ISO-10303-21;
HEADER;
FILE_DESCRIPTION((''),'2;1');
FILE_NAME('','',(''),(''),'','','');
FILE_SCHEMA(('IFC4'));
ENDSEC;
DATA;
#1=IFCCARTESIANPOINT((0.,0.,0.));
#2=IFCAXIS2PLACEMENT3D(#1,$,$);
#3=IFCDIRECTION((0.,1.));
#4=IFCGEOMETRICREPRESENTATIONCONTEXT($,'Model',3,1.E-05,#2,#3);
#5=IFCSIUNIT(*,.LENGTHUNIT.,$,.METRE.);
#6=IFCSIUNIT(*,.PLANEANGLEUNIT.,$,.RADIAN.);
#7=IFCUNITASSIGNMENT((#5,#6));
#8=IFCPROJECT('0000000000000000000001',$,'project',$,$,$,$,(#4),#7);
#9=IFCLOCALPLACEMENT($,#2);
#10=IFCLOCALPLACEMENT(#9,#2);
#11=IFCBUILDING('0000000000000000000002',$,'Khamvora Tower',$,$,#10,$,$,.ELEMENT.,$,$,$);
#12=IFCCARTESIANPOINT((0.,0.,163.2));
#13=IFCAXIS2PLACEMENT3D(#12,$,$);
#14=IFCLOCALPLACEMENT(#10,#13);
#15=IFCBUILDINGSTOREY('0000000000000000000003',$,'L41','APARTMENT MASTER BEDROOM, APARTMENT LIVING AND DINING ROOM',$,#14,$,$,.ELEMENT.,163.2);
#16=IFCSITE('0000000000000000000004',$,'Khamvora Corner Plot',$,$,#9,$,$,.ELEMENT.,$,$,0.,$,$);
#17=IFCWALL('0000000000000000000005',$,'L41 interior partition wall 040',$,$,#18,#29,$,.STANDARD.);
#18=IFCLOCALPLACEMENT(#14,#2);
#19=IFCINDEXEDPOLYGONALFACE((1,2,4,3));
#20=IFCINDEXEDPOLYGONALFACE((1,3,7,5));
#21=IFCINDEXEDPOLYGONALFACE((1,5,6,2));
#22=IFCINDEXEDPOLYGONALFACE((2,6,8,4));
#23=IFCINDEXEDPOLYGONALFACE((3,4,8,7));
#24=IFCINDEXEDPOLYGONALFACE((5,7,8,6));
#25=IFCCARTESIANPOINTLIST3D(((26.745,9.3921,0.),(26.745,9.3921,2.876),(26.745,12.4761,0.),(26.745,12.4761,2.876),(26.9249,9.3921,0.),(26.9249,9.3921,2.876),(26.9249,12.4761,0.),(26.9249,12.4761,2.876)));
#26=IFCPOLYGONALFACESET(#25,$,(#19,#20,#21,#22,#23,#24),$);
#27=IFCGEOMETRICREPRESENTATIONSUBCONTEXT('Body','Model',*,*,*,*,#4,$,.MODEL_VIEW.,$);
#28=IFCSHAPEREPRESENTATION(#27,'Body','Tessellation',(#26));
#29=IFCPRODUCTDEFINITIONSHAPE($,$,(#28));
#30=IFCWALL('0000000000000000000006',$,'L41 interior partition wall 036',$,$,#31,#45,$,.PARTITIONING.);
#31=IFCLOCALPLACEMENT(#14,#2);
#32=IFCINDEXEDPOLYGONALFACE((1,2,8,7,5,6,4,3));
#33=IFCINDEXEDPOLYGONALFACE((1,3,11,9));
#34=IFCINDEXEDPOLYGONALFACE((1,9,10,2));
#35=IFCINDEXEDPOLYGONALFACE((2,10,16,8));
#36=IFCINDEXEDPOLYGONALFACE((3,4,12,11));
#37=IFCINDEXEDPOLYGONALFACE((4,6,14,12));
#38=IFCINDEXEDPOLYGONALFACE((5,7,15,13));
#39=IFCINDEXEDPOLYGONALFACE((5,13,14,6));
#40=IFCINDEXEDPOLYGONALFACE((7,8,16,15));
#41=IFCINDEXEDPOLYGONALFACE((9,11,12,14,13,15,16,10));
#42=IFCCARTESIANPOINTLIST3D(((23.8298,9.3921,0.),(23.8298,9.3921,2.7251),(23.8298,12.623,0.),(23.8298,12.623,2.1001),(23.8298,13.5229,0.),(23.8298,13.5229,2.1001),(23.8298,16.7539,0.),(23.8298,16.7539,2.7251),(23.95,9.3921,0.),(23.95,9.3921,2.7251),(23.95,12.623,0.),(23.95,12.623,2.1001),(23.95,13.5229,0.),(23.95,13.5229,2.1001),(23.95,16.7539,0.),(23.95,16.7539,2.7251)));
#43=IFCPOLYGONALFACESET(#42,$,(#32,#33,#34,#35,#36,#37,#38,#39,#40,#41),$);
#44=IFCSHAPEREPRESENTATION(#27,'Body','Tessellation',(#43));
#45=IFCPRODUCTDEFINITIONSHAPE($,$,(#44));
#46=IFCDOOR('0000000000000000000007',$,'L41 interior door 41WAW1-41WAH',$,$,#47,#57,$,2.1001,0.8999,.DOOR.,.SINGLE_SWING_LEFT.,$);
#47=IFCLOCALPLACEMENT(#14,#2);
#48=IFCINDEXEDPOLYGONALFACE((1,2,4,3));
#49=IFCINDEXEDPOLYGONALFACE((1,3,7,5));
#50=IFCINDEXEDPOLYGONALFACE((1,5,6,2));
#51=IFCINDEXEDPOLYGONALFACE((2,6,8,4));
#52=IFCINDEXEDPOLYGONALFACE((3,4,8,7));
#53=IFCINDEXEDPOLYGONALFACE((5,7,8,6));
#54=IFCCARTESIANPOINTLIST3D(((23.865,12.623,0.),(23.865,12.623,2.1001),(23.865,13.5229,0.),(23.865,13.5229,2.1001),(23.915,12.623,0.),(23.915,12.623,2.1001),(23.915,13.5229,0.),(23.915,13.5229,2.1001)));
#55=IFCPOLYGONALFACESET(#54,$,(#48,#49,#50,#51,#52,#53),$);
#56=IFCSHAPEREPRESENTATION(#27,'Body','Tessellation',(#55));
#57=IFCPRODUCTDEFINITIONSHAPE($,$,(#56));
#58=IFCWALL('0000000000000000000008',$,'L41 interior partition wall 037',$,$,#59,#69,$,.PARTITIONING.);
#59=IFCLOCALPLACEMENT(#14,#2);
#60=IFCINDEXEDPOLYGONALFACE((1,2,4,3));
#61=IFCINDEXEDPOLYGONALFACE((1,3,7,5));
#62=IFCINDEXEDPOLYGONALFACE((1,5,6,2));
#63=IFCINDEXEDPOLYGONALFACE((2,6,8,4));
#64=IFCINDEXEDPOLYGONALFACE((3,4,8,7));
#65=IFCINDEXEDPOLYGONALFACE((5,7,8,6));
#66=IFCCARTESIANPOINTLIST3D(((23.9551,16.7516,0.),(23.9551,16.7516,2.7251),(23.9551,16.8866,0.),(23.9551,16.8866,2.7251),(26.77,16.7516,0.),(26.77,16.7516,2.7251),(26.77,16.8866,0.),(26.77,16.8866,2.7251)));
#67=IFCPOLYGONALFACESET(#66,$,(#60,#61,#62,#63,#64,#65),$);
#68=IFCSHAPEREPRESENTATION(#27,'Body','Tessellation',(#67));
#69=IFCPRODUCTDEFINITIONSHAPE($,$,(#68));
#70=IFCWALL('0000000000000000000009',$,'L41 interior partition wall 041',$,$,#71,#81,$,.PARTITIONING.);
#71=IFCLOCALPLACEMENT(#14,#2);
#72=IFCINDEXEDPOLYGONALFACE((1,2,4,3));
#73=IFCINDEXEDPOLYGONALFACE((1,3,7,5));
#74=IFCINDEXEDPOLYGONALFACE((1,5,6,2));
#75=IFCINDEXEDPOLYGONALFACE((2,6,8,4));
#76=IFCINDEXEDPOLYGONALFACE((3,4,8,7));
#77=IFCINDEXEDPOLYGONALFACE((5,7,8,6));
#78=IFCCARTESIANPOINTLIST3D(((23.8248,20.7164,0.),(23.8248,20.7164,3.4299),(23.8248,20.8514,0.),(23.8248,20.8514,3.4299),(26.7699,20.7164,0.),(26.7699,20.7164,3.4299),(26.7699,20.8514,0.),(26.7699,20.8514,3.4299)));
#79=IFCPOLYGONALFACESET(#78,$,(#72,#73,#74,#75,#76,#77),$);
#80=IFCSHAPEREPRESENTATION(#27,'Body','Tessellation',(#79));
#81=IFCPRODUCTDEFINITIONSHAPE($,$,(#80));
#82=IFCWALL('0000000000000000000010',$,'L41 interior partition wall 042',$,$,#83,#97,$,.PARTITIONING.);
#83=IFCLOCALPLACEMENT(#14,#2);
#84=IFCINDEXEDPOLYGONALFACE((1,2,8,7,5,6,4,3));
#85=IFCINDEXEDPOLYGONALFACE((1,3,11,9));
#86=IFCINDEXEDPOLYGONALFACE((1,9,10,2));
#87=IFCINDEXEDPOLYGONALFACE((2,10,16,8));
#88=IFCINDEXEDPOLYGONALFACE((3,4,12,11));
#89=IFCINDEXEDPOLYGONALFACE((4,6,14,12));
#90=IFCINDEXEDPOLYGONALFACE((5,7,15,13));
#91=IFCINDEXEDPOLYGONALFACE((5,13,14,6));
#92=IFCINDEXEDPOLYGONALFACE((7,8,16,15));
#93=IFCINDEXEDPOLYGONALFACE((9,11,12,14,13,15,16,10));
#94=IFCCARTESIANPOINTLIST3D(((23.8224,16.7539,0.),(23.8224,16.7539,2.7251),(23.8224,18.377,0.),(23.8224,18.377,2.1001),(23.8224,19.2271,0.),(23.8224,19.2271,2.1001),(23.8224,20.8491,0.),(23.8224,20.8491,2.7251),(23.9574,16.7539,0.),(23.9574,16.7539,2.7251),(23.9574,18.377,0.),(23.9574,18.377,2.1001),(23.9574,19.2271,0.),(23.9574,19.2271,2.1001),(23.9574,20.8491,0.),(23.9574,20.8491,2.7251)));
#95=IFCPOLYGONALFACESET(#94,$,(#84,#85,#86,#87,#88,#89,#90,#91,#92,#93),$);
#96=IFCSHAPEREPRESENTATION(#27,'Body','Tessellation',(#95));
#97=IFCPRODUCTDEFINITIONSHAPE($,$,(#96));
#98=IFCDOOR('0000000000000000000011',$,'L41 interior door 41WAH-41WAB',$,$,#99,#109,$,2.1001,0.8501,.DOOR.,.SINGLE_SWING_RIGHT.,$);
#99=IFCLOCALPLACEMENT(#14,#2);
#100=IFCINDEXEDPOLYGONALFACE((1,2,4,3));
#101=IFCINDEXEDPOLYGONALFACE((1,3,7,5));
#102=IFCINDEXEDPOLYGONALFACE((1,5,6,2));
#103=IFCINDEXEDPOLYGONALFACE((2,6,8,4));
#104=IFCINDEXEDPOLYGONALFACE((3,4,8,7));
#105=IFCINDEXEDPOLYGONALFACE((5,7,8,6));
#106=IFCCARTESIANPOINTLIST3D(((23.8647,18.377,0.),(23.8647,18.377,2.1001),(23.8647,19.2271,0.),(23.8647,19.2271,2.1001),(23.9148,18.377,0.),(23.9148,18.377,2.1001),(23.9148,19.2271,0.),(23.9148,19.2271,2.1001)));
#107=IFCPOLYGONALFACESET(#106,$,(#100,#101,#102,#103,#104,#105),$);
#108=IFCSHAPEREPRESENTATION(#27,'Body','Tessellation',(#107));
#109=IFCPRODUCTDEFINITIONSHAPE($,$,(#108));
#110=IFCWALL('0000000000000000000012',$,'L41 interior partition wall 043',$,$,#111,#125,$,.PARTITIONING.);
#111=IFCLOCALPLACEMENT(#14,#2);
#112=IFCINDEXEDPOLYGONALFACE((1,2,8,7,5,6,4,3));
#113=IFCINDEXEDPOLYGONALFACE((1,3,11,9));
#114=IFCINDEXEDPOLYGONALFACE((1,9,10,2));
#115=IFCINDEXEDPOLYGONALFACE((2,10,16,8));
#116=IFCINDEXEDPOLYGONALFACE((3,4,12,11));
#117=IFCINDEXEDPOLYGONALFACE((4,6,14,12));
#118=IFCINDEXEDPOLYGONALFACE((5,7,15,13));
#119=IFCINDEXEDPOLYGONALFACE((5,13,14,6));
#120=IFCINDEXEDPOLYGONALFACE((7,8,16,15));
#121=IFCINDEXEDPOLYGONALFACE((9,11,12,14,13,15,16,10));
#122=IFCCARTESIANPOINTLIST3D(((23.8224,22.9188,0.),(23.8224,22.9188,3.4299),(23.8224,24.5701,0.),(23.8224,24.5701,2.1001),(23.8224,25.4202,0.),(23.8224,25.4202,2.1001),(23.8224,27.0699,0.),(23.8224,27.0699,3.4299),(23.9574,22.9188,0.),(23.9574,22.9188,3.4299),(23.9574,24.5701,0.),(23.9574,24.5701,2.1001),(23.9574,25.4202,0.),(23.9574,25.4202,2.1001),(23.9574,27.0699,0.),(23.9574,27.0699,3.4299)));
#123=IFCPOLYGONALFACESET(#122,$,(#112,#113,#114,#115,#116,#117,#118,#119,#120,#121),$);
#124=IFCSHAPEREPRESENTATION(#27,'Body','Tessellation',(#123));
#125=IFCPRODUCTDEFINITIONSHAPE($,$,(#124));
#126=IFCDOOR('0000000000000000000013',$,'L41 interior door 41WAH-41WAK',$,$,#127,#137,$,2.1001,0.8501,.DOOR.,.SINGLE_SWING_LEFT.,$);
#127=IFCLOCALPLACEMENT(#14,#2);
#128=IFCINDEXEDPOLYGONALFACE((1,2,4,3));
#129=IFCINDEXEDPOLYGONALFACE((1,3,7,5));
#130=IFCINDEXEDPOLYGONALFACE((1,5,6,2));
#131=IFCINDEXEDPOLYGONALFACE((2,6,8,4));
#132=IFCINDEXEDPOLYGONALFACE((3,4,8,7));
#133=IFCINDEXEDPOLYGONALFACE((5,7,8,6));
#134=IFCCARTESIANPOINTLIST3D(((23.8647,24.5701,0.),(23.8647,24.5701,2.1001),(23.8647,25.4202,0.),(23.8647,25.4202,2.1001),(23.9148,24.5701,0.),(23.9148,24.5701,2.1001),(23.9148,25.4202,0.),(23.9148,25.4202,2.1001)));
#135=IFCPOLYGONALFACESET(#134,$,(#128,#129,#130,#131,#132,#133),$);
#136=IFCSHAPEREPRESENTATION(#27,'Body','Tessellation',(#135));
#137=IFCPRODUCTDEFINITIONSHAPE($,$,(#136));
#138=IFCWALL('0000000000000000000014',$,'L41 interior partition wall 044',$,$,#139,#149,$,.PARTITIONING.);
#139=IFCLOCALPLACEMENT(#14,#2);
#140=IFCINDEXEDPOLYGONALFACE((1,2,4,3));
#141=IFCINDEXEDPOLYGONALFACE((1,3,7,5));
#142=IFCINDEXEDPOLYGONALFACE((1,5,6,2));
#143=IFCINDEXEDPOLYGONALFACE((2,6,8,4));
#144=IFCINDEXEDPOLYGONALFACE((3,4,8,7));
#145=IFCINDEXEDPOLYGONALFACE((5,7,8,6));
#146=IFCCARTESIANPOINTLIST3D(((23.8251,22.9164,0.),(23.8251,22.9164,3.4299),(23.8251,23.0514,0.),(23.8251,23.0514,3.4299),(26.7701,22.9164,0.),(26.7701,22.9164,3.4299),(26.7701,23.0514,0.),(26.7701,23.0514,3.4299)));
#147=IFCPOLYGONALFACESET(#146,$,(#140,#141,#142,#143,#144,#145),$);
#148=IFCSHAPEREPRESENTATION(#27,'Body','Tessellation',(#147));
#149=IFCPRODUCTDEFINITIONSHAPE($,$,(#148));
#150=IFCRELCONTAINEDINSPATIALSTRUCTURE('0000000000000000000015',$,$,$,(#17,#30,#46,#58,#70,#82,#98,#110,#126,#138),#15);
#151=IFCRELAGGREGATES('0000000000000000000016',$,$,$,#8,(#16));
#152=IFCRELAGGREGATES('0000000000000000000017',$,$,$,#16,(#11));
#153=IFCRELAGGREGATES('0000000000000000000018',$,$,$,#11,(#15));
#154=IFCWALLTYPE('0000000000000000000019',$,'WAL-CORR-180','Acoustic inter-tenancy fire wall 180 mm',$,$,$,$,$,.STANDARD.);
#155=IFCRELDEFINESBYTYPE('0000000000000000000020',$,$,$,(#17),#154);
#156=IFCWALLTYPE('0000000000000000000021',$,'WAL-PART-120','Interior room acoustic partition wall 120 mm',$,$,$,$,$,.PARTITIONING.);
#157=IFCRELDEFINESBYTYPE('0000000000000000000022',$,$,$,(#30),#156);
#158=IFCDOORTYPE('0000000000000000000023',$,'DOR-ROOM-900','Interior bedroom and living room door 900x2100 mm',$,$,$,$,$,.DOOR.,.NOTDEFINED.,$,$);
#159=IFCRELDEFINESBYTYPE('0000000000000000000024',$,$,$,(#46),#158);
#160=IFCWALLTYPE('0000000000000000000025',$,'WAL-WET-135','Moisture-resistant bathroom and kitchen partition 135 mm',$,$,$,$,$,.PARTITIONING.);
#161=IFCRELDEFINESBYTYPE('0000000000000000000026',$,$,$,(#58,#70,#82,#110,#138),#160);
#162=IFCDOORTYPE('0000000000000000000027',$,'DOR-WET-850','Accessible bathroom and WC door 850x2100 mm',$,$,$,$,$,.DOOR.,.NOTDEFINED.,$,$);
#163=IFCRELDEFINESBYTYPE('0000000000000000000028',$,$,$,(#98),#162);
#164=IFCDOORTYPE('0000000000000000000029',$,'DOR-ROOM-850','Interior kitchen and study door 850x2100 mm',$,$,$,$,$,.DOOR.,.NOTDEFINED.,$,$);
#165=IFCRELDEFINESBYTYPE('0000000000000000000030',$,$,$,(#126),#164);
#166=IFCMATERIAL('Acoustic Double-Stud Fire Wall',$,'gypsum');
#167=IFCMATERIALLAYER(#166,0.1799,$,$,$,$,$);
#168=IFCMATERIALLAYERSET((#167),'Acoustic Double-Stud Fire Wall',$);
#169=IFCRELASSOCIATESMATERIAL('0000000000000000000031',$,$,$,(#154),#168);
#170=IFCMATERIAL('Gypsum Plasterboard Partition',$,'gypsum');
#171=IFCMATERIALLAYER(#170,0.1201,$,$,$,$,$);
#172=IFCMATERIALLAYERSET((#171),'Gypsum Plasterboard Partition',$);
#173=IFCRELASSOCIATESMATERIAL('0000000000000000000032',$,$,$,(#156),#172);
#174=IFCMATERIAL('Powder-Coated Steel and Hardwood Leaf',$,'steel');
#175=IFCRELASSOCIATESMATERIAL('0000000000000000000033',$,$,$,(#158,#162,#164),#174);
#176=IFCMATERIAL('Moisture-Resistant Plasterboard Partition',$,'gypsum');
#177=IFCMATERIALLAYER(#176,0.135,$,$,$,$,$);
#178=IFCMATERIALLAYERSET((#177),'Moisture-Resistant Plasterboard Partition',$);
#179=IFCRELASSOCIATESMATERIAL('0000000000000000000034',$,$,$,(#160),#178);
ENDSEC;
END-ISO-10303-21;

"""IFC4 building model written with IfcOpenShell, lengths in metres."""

from ifc_helpers import new_model, si_unit, direction, frame, frame_2d, origin, place, context, subcontext, project, spatial, rectangle, extrude, material, layer, layer_set, type_object, element, fill, save


model = new_model("IFC4")

# Units and contexts
model_context = context("Model", 3, precision=1e-05, world=origin(), true_north=direction((0.0, 1.0)))
body_context = subcontext(model_context, "Body", "Model", "MODEL_VIEW")
ifc_project = project(units=[si_unit("LENGTHUNIT", "METRE"), si_unit("PLANEANGLEUNIT", "RADIAN")], contexts=[model_context])

# Site, building, storey
site_placement = place(None, origin())
site = spatial("IfcSite", under=ifc_project, at=site_placement, Name="Khamvora Corner Plot", CompositionType="ELEMENT", RefElevation=0.0)
building_placement = place(site_placement, origin())
building = spatial("IfcBuilding", under=site, at=building_placement, Name="Khamvora Tower", CompositionType="ELEMENT")
storey_placement = place(building_placement, frame((0.0, 0.0, 163.2)))
storey = spatial("IfcBuildingStorey", under=building, at=storey_placement, Name="L41", Description="APARTMENT MASTER BEDROOM, APARTMENT LIVING AND DINING ROOM", CompositionType="ELEMENT", Elevation=163.2)

# Shared definitions
ifc_material_1 = material(Name="Powder-Coated Steel and Hardwood Leaf", Category="steel")

# Wall
ifc_material_2 = material(Name="Acoustic Double-Stud Fire Wall", Category="gypsum")
ifc_layer_1 = layer(ifc_material_2, 0.1799)
ifc_layer_set_1 = layer_set([ifc_layer_1], Name="Acoustic Double-Stud Fire Wall")
wall_type_1 = type_object("IfcWallType", Name="WAL-CORR-180", Description="Acoustic inter-tenancy fire wall 180 mm", PredefinedType="STANDARD", material=ifc_layer_set_1)
wall_1_placement = place(storey_placement, frame((26.835, 12.4761, 0.0), z_axis=(0.0, 0.0, 1.0), x_axis=(0.0, -1.0, 0.0)))
element("IfcWall", 1, at=wall_1_placement, inside=storey, type_object=wall_type_1, Name="L41 interior partition wall 040", PredefinedType="STANDARD", context=body_context, shape_type="SweptSolid", body=[
    extrude(rectangle(XDim=3.084, YDim=0.1799, at=frame_2d((1.542, 0.0))), origin(), (0.0, 0.0, 1.0), 2.876),
])

# Wall, opening, door
ifc_material_3 = material(Name="Gypsum Plasterboard Partition", Category="gypsum")
ifc_layer_2 = layer(ifc_material_3, 0.1201)
ifc_layer_set_2 = layer_set([ifc_layer_2], Name="Gypsum Plasterboard Partition")
wall_type_2 = type_object("IfcWallType", Name="WAL-PART-120", Description="Interior room acoustic partition wall 120 mm", PredefinedType="PARTITIONING", material=ifc_layer_set_2)
wall_2_placement = place(storey_placement, frame((23.8899, 9.3921, 0.0), z_axis=(0.0, 0.0, 1.0), x_axis=(0.0, 1.0, 0.0)))
wall_2 = element("IfcWall", 2, at=wall_2_placement, inside=storey, type_object=wall_type_2, Name="L41 interior partition wall 036", PredefinedType="PARTITIONING", context=body_context, shape_type="SweptSolid", body=[
    extrude(rectangle(XDim=7.3618, YDim=0.1201, at=frame_2d((3.6809, 0.0))), origin(), (0.0, 0.0, 1.0), 2.7251),
])
opening_1_placement = place(wall_2_placement, frame((3.231, 0.0, 0.0)))
opening_1 = element("IfcOpeningElement", 3, at=opening_1_placement, cuts=wall_2, PredefinedType="OPENING", context=body_context, shape_type="SweptSolid", body=[
    extrude(rectangle(XDim=0.8999, YDim=2.1001, at=frame_2d((0.45, 1.05))), frame((0.0, 0.0701, 0.0), z_axis=(0.0, -1.0, 0.0), x_axis=(1.0, 0.0, 0.0)), (0.0, 0.0, 1.0), 0.1401),
])
door_type_1 = type_object("IfcDoorType", Name="DOR-ROOM-900", Description="Interior bedroom and living room door 900x2100 mm", OperationType="NOTDEFINED", PredefinedType="DOOR", material=ifc_material_1)
door_1_placement = place(opening_1_placement, origin())
door_1 = element("IfcDoor", 4, at=door_1_placement, inside=storey, type_object=door_type_1, Name="L41 interior door 41WAW1-41WAH", OperationType="SINGLE_SWING_LEFT", OverallHeight=2.1001, OverallWidth=0.8999, PredefinedType="DOOR", context=body_context, shape_type="SweptSolid", body=[
    extrude(rectangle(XDim=0.8999, YDim=2.1001, at=frame_2d((0.45, 1.05))), frame((0.0, 0.0249, 0.0), z_axis=(0.0, -1.0, 0.0), x_axis=(1.0, 0.0, 0.0)), (0.0, 0.0, 1.0), 0.05),
])
fill(opening_1, door_1)

# Walls
ifc_material_4 = material(Name="Moisture-Resistant Plasterboard Partition", Category="gypsum")
ifc_layer_3 = layer(ifc_material_4, 0.135)
ifc_layer_set_3 = layer_set([ifc_layer_3], Name="Moisture-Resistant Plasterboard Partition")
wall_type_3 = type_object("IfcWallType", Name="WAL-WET-135", Description="Moisture-resistant bathroom and kitchen partition 135 mm", PredefinedType="PARTITIONING", material=ifc_layer_set_3)
wall_3_placement = place(storey_placement, frame((23.9551, 16.8191, 0.0), z_axis=(0.0, 0.0, 1.0), x_axis=(1.0, 0.0, 0.0)))
element("IfcWall", 5, at=wall_3_placement, inside=storey, type_object=wall_type_3, Name="L41 interior partition wall 037", PredefinedType="PARTITIONING", context=body_context, shape_type="SweptSolid", body=[
    extrude(rectangle(XDim=2.8149, YDim=0.135, at=frame_2d((1.4075, 0.0))), origin(), (0.0, 0.0, 1.0), 2.7251),
])
wall_4_placement = place(storey_placement, frame((26.77, 20.7839, 0.0), z_axis=(0.0, 0.0, 1.0), x_axis=(-1.0, 0.0, 0.0)))
element("IfcWall", 6, at=wall_4_placement, inside=storey, type_object=wall_type_3, Name="L41 interior partition wall 041", PredefinedType="PARTITIONING", context=body_context, shape_type="SweptSolid", body=[
    extrude(rectangle(XDim=2.9451, YDim=0.135, at=frame_2d((1.4727, 0.0))), origin(), (0.0, 0.0, 1.0), 3.4299),
])

# Walls, openings, doors
wall_5_placement = place(storey_placement, frame((23.8899, 20.8491, 0.0), z_axis=(0.0, 0.0, 1.0), x_axis=(0.0, -1.0, 0.0)))
wall_5 = element("IfcWall", 7, at=wall_5_placement, inside=storey, type_object=wall_type_3, Name="L41 interior partition wall 042", PredefinedType="PARTITIONING", context=body_context, shape_type="SweptSolid", body=[
    extrude(rectangle(XDim=4.0952, YDim=0.135, at=frame_2d((2.0476, 0.0))), origin(), (0.0, 0.0, 1.0), 2.7251),
])
opening_2_placement = place(wall_5_placement, frame((1.6221, 0.0, 0.0)))
opening_2 = element("IfcOpeningElement", 8, at=opening_2_placement, cuts=wall_5, PredefinedType="OPENING", context=body_context, shape_type="SweptSolid", body=[
    extrude(rectangle(XDim=0.8501, YDim=2.1001, at=frame_2d((0.425, 1.05))), frame((0.0, 0.0774, 0.0), z_axis=(0.0, -1.0, 0.0), x_axis=(1.0, 0.0, 0.0)), (0.0, 0.0, 1.0), 0.155),
])
door_type_2 = type_object("IfcDoorType", Name="DOR-WET-850", Description="Accessible bathroom and WC door 850x2100 mm", OperationType="NOTDEFINED", PredefinedType="DOOR", material=ifc_material_1)
door_2_placement = place(opening_2_placement, origin())
door_2 = element("IfcDoor", 9, at=door_2_placement, inside=storey, type_object=door_type_2, Name="L41 interior door 41WAH-41WAB", OperationType="SINGLE_SWING_RIGHT", OverallHeight=2.1001, OverallWidth=0.8501, PredefinedType="DOOR", context=body_context, shape_type="SweptSolid", body=[
    extrude(rectangle(XDim=0.8501, YDim=2.1001, at=frame_2d((0.425, 1.05))), frame((0.0, 0.0249, 0.0), z_axis=(0.0, -1.0, 0.0), x_axis=(1.0, 0.0, 0.0)), (0.0, 0.0, 1.0), 0.05),
])
fill(opening_2, door_2)
wall_6_placement = place(storey_placement, frame((23.8899, 27.0701, 0.0), z_axis=(0.0, 0.0, 1.0), x_axis=(0.0, -1.0, 0.0)))
wall_6 = element("IfcWall", 10, at=wall_6_placement, inside=storey, type_object=wall_type_3, Name="L41 interior partition wall 043", PredefinedType="PARTITIONING", context=body_context, shape_type="SweptSolid", body=[
    extrude(rectangle(XDim=4.1511, YDim=0.135, at=frame_2d((2.0757, 0.0))), origin(), (0.0, 0.0, 1.0), 3.4299),
])
opening_3_placement = place(wall_6_placement, frame((1.6499, 0.0, 0.0)))
opening_3 = element("IfcOpeningElement", 11, at=opening_3_placement, cuts=wall_6, PredefinedType="OPENING", context=body_context, shape_type="SweptSolid", body=[
    extrude(rectangle(XDim=0.8501, YDim=2.1001, at=frame_2d((0.425, 1.05))), frame((0.0, 0.0774, 0.0), z_axis=(0.0, -1.0, 0.0), x_axis=(1.0, 0.0, 0.0)), (0.0, 0.0, 1.0), 0.155),
])
door_type_3 = type_object("IfcDoorType", Name="DOR-ROOM-850", Description="Interior kitchen and study door 850x2100 mm", OperationType="NOTDEFINED", PredefinedType="DOOR", material=ifc_material_1)
door_3_placement = place(opening_3_placement, origin())
door_3 = element("IfcDoor", 12, at=door_3_placement, inside=storey, type_object=door_type_3, Name="L41 interior door 41WAH-41WAK", OperationType="SINGLE_SWING_LEFT", OverallHeight=2.1001, OverallWidth=0.8501, PredefinedType="DOOR", context=body_context, shape_type="SweptSolid", body=[
    extrude(rectangle(XDim=0.8501, YDim=2.1001, at=frame_2d((0.425, 1.05))), frame((0.0, 0.0249, 0.0), z_axis=(0.0, -1.0, 0.0), x_axis=(1.0, 0.0, 0.0)), (0.0, 0.0, 1.0), 0.05),
])
fill(opening_3, door_3)

# Wall
wall_7_placement = place(storey_placement, frame((23.825, 22.9839, 0.0), z_axis=(0.0, 0.0, 1.0), x_axis=(1.0, 0.0, 0.0)))
element("IfcWall", 13, at=wall_7_placement, inside=storey, type_object=wall_type_3, Name="L41 interior partition wall 044", PredefinedType="PARTITIONING", context=body_context, shape_type="SweptSolid", body=[
    extrude(rectangle(XDim=2.9451, YDim=0.135, at=frame_2d((1.4727, 0.0))), origin(), (0.0, 0.0, 1.0), 3.4299),
])

save(model, "model.ifc")
